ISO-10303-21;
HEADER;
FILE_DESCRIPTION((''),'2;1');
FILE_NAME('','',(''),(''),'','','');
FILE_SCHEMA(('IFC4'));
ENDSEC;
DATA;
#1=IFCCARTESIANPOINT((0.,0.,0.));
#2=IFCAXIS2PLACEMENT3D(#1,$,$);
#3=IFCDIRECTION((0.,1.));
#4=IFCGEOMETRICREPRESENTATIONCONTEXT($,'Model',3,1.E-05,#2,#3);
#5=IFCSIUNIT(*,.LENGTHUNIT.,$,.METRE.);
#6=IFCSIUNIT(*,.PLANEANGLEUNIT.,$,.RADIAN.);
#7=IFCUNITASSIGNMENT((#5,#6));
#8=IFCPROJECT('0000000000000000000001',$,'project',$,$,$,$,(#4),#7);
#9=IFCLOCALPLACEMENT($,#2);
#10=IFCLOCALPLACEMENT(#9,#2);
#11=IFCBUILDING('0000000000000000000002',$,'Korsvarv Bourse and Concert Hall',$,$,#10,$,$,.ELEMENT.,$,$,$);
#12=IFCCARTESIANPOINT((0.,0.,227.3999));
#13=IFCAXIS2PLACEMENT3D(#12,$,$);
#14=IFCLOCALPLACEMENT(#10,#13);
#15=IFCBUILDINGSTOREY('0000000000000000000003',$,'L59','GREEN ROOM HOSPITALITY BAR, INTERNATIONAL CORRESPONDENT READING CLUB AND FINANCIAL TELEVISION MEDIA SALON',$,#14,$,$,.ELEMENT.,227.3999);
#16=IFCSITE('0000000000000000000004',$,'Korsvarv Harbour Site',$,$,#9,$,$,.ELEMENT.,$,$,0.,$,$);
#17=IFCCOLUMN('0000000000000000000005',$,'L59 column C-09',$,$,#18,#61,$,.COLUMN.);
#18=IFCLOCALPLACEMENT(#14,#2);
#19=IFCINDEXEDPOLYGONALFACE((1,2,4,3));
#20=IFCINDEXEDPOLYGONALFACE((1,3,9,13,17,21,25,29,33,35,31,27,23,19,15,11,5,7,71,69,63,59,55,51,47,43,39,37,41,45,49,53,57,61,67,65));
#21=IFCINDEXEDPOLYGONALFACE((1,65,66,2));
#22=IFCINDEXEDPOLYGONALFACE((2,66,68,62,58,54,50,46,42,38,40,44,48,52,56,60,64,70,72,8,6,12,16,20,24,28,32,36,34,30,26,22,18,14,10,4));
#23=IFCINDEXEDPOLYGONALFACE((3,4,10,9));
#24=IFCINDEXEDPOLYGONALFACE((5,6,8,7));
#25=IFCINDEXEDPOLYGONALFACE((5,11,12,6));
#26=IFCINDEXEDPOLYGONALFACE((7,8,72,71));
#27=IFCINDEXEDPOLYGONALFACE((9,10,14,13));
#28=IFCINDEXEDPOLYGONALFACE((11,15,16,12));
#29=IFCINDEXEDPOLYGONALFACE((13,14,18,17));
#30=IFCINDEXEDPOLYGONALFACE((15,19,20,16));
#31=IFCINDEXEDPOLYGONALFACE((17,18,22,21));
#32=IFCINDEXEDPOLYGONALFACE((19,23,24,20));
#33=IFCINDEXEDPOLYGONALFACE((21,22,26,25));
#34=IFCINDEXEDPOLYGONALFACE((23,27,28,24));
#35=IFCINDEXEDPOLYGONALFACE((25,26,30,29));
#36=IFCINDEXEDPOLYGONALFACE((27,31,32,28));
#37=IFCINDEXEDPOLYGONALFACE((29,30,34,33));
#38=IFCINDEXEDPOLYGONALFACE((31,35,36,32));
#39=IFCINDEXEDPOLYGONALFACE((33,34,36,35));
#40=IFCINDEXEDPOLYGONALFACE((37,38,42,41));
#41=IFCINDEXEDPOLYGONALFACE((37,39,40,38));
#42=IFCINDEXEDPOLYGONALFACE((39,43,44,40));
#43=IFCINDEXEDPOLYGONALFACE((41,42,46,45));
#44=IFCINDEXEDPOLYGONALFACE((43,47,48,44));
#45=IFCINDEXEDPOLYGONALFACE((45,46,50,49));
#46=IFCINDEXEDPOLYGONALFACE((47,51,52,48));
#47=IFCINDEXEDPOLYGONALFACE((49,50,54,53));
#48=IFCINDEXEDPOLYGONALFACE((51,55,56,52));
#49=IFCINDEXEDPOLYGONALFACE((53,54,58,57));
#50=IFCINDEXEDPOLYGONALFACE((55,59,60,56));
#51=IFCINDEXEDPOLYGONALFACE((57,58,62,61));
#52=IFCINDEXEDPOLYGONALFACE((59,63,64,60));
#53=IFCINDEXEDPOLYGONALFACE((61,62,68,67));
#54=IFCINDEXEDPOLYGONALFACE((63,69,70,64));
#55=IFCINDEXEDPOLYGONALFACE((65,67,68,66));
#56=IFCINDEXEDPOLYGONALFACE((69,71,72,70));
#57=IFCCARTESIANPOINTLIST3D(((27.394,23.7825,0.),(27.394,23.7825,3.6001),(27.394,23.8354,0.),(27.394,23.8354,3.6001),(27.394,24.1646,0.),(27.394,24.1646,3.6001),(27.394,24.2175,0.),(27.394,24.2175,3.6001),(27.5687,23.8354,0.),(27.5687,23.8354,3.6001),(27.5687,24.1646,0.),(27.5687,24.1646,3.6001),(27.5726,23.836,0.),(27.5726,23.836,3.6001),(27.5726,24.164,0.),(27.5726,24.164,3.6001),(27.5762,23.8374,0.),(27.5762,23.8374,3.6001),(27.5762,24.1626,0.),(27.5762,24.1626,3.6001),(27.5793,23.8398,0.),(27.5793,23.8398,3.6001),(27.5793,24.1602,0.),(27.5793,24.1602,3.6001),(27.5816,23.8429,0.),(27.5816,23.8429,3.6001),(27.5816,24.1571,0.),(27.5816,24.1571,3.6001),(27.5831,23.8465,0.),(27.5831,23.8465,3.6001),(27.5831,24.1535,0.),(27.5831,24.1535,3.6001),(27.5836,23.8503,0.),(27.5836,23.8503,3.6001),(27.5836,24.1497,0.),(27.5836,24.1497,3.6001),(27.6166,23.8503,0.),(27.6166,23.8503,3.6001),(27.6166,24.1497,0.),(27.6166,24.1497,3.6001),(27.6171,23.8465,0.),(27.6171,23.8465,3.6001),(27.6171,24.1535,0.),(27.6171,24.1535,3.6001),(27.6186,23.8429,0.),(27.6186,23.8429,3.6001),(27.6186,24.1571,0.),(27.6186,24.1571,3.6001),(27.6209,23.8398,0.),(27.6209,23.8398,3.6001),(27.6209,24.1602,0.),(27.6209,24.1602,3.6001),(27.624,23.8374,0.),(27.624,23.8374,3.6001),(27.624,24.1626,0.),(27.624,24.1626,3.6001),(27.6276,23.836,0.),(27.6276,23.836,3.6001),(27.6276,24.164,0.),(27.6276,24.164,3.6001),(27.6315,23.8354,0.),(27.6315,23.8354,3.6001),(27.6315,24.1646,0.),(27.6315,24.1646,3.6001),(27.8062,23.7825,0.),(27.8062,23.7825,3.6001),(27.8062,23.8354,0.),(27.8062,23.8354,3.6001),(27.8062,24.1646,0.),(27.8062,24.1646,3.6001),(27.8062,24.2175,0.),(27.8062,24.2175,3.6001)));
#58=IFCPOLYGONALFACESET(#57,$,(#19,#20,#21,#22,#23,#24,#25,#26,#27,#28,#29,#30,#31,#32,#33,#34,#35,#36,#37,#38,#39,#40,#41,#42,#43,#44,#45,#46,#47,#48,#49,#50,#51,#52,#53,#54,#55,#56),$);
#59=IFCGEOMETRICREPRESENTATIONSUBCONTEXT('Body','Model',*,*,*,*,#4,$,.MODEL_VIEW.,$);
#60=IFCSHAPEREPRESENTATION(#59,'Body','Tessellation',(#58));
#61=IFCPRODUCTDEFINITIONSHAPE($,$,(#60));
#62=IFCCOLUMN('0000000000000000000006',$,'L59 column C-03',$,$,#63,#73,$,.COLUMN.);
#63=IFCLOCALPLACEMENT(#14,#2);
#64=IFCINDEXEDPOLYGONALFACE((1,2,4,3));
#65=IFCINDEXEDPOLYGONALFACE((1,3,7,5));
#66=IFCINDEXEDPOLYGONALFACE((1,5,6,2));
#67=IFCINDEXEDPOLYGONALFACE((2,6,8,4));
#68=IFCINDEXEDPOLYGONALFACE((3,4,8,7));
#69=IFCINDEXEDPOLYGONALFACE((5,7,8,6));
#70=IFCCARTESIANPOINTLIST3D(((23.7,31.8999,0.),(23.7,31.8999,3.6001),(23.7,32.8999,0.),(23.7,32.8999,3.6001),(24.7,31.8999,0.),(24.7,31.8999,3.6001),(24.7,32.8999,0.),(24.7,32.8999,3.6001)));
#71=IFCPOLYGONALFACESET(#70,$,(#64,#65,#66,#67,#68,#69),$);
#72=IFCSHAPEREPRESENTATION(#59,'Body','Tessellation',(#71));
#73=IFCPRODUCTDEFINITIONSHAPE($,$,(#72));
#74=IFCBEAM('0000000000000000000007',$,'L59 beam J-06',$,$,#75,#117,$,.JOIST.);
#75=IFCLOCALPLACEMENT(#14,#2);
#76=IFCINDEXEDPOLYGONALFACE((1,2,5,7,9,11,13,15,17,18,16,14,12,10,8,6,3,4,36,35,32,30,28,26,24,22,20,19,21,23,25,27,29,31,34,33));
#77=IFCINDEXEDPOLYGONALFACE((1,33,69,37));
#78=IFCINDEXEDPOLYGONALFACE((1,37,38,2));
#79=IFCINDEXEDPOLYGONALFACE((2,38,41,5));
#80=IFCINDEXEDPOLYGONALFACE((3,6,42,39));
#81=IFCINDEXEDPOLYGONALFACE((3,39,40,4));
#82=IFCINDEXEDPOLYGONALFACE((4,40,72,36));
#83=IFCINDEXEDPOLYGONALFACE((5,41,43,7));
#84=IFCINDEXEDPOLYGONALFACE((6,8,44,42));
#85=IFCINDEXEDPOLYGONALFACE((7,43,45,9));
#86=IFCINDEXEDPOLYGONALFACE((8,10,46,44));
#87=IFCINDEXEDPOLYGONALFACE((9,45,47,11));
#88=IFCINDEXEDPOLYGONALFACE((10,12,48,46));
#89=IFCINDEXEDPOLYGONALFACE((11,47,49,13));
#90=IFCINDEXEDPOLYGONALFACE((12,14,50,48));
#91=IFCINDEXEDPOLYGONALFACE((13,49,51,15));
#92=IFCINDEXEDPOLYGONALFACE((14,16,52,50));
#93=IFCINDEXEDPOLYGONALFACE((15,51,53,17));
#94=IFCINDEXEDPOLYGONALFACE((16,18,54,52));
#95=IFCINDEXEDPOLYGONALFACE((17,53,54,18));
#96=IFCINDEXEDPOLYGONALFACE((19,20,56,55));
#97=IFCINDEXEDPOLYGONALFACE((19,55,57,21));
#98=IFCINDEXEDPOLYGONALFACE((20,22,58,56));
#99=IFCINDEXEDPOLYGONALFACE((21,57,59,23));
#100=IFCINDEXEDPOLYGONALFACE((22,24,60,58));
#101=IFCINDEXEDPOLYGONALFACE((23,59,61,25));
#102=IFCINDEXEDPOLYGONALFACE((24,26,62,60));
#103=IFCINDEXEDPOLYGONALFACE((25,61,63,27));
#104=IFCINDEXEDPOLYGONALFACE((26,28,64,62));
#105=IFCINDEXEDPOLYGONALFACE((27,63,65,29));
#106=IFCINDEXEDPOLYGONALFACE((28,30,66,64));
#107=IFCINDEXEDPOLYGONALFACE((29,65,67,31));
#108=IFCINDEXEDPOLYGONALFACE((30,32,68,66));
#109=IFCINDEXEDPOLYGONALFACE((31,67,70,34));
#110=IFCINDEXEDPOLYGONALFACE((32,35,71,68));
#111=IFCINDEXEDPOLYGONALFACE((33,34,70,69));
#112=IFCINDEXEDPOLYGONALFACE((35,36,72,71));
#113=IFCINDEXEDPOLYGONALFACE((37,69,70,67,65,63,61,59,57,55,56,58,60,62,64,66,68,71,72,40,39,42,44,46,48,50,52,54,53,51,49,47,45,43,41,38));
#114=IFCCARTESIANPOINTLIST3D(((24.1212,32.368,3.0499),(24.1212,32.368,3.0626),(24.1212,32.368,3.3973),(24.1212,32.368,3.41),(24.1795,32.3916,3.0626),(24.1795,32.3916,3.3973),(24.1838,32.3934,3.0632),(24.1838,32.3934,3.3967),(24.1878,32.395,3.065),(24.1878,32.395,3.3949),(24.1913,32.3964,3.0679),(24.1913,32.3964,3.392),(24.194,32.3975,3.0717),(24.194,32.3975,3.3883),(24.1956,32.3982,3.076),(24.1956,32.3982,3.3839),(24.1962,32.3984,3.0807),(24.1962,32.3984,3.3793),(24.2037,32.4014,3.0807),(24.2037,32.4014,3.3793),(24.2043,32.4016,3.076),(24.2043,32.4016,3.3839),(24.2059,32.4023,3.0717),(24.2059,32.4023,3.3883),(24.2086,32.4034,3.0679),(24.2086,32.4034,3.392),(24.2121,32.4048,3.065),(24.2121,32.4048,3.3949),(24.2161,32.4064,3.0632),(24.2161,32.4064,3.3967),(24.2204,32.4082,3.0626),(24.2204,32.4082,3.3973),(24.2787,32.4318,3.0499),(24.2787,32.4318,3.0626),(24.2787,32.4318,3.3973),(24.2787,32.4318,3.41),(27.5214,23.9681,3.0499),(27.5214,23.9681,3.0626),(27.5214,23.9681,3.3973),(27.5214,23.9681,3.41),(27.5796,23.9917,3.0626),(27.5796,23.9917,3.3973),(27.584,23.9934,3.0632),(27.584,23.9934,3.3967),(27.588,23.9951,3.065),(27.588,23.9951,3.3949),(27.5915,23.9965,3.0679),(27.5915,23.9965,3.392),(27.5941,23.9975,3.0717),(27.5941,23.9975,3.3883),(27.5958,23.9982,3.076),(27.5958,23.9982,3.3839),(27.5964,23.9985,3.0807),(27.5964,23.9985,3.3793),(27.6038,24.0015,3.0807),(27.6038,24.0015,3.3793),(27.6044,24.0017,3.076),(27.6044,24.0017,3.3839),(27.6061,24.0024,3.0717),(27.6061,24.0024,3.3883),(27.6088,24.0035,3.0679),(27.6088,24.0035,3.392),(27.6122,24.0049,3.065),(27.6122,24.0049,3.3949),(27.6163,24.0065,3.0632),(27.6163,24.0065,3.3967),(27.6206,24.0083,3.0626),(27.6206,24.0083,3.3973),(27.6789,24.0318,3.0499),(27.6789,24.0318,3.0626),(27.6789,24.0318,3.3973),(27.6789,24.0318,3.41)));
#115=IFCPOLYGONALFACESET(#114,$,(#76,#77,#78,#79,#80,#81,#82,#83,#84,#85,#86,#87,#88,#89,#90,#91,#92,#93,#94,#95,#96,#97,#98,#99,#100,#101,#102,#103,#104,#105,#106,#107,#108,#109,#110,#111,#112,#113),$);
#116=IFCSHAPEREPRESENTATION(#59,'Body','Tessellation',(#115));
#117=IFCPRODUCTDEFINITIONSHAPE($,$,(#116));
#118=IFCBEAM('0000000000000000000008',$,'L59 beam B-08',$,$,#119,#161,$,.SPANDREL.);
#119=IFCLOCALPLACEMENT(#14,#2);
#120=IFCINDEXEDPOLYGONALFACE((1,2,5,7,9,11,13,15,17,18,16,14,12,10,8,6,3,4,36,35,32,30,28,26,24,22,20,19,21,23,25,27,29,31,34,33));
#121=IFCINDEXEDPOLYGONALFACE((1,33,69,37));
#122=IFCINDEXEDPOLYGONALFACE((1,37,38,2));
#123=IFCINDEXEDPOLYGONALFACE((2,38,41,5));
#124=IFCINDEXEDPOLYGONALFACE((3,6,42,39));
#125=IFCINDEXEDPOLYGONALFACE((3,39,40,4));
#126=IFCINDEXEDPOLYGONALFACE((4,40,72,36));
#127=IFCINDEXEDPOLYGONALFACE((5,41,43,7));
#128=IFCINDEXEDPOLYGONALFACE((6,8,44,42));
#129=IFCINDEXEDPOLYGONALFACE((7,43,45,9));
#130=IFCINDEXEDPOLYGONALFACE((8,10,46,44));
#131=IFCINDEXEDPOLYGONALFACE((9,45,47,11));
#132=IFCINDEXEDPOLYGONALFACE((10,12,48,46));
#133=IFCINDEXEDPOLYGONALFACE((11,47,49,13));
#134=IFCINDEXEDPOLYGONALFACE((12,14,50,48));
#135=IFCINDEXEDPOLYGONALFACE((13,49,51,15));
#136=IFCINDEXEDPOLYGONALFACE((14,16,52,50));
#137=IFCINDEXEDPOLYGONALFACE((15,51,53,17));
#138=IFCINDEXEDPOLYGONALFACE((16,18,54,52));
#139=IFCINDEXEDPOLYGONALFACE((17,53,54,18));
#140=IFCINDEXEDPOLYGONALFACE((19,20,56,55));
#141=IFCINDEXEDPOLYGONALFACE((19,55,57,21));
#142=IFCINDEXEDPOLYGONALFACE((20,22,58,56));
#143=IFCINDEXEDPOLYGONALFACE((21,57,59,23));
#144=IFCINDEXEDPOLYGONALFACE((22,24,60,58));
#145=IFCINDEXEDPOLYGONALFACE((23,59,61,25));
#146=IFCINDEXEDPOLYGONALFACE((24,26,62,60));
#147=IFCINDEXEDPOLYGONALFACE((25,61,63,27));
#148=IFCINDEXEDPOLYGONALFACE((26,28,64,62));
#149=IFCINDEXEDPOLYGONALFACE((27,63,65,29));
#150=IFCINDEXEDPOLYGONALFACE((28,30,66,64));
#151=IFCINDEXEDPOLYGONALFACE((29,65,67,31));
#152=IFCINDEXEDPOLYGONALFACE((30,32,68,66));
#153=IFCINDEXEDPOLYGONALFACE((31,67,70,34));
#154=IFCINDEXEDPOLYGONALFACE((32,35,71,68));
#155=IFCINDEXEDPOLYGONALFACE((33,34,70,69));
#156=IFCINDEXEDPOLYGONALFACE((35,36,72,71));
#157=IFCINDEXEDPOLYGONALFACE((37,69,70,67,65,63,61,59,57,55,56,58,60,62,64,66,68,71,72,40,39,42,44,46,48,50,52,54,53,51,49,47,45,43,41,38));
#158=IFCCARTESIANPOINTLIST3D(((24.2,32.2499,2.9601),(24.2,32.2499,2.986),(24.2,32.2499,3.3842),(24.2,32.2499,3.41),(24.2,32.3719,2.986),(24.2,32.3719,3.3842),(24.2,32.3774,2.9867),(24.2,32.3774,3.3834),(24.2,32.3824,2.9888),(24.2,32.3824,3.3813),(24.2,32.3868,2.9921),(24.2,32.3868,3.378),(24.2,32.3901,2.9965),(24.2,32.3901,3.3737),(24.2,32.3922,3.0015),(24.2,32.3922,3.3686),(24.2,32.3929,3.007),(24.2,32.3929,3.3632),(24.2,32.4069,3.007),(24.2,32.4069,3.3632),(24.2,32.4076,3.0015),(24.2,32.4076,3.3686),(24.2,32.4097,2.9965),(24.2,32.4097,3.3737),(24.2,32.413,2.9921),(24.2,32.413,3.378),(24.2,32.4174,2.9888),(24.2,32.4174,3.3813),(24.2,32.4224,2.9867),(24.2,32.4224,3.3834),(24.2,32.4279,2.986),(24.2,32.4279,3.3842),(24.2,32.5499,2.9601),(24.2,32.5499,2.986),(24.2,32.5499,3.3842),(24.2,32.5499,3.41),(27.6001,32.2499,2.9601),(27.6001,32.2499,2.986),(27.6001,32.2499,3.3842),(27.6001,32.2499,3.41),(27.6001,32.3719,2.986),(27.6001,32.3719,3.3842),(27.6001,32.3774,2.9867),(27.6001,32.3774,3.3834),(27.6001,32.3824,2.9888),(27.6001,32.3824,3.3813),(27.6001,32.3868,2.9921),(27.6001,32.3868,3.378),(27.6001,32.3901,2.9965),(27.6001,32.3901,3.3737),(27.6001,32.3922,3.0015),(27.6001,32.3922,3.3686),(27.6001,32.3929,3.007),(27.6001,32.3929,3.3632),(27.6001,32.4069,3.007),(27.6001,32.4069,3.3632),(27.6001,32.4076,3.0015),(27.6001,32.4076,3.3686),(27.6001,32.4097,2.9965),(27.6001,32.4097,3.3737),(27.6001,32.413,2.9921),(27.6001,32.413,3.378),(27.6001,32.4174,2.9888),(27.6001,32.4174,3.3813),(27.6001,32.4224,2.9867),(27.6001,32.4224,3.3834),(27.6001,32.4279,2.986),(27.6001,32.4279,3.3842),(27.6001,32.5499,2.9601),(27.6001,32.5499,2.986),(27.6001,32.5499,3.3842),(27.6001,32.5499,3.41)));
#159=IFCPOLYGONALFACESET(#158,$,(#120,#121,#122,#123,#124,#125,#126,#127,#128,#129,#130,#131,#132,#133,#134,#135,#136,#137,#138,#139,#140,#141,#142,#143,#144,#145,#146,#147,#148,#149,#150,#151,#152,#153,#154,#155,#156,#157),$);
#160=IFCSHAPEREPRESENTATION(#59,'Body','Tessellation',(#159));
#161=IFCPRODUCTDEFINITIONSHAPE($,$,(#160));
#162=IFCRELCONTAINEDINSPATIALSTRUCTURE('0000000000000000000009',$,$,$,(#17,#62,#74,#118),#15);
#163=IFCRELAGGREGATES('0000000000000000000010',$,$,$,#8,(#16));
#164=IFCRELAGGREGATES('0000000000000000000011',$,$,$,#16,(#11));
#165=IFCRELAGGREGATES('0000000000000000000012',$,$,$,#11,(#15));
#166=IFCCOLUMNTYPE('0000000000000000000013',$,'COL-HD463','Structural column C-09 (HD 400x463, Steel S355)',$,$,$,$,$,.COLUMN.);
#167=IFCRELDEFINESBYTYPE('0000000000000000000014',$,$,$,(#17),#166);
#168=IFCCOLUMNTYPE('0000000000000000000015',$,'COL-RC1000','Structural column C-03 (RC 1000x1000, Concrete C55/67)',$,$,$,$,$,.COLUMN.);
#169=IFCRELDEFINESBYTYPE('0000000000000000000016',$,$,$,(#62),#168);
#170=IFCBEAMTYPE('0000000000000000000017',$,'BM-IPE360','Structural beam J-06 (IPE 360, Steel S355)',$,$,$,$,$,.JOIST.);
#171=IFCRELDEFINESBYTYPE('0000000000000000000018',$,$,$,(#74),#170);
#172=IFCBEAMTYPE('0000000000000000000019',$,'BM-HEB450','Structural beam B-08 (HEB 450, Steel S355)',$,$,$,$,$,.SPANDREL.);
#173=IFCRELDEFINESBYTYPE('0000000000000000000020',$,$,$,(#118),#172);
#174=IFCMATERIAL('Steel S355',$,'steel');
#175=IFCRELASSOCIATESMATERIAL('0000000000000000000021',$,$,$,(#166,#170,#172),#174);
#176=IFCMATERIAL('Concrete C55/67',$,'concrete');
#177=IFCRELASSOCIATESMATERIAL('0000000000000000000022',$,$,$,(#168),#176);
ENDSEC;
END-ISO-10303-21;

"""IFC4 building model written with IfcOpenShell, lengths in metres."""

from ifc_helpers import new_model, si_unit, direction, frame, origin, origin_2d, place, context, subcontext, project, spatial, rectangle, i_section, extrude, source, transform, mapped, material, material_profile, profile_set, type_object, element, save


model = new_model("IFC4")

# Units and contexts
model_context = context("Model", 3, precision=1e-05, world=origin(), true_north=direction((0.0, 1.0)))
body_context = subcontext(model_context, "Body", "Model", "MODEL_VIEW")
ifc_project = project(units=[si_unit("LENGTHUNIT", "METRE"), si_unit("PLANEANGLEUNIT", "RADIAN")], contexts=[model_context])

# Site, building, storey
site_placement = place(None, origin())
site = spatial("IfcSite", under=ifc_project, at=site_placement, Name="Korsvarv Harbour Site", CompositionType="ELEMENT", RefElevation=0.0)
building_placement = place(site_placement, origin())
building = spatial("IfcBuilding", under=site, at=building_placement, Name="Korsvarv Bourse and Concert Hall", CompositionType="ELEMENT")
storey_placement = place(building_placement, frame((0.0, 0.0, 227.3999)))
storey = spatial("IfcBuildingStorey", under=building, at=storey_placement, Name="L59", Description="GREEN ROOM HOSPITALITY BAR, INTERNATIONAL CORRESPONDENT READING CLUB AND FINANCIAL TELEVISION MEDIA SALON", CompositionType="ELEMENT", Elevation=227.3999)

# Columns
ifc_material_1 = material(Name="Steel S355", Category="steel")
ifc_material_profile_1 = material_profile(ifc_material_1, i_section(OverallWidth=0.4121, OverallDepth=0.4351, WebThickness=0.033, FlangeThickness=0.053, FilletRadius=0.0149, at=origin_2d()), Name="HD 400x463")
ifc_profile_set_1 = profile_set([ifc_material_profile_1], Name="Steel S355")
column_type_1 = type_object("IfcColumnType", Name="COL-HD463", Description="Structural column C-09 (HD 400x463, Steel S355)", PredefinedType="COLUMN", material=ifc_profile_set_1)
shared_shape_1 = source(origin(), body_context, "Body", "SweptSolid", [
    extrude(i_section(OverallWidth=0.4121, OverallDepth=0.4351, WebThickness=0.033, FlangeThickness=0.053, FilletRadius=0.0149, at=origin_2d()), origin(), (0.0, 0.0, 1.0), 3.6001),
])
column_1_placement = place(storey_placement, frame((27.6001, 24.0, 0.0), z_axis=(0.0, 0.0, 1.0), x_axis=(1.0, 0.0, 0.0)))
element("IfcColumn", 1, at=column_1_placement, inside=storey, type_object=column_type_1, Name="L59 column C-09", PredefinedType="COLUMN", context=body_context, shape_type="MappedRepresentation", body=[
    mapped(shared_shape_1, transform((0.0, 0.0, 0.0), scale=1.0)),
])
ifc_material_2 = material(Name="Concrete C55/67", Category="concrete")
ifc_material_profile_2 = material_profile(ifc_material_2, rectangle(XDim=1.0, YDim=1.0, at=origin_2d()), Name="RC 1000x1000")
ifc_profile_set_2 = profile_set([ifc_material_profile_2], Name="Concrete C55/67")
column_type_2 = type_object("IfcColumnType", Name="COL-RC1000", Description="Structural column C-03 (RC 1000x1000, Concrete C55/67)", PredefinedType="COLUMN", material=ifc_profile_set_2)
shared_shape_2 = source(origin(), body_context, "Body", "SweptSolid", [
    extrude(rectangle(XDim=1.0, YDim=1.0, at=origin_2d()), origin(), (0.0, 0.0, 1.0), 3.6001),
])
column_2_placement = place(storey_placement, frame((24.2, 32.3999, 0.0), z_axis=(0.0, 0.0, 1.0), x_axis=(1.0, 0.0, 0.0)))
element("IfcColumn", 2, at=column_2_placement, inside=storey, type_object=column_type_2, Name="L59 column C-03", PredefinedType="COLUMN", context=body_context, shape_type="MappedRepresentation", body=[
    mapped(shared_shape_2, transform((0.0, 0.0, 0.0), scale=1.0)),
])

# Beams
ifc_material_profile_3 = material_profile(ifc_material_1, i_section(OverallWidth=0.1699, OverallDepth=0.3601, WebThickness=0.0081, FlangeThickness=0.0127, FilletRadius=0.0181, at=origin_2d()), Name="IPE 360")
ifc_profile_set_3 = profile_set([ifc_material_profile_3], Name="Steel S355")
beam_type_1 = type_object("IfcBeamType", Name="BM-IPE360", Description="Structural beam J-06 (IPE 360, Steel S355)", PredefinedType="JOIST", material=ifc_profile_set_3)
shared_shape_3 = source(origin(), body_context, "Body", "SweptSolid", [
    extrude(i_section(OverallWidth=0.1699, OverallDepth=0.3601, WebThickness=0.0081, FlangeThickness=0.0127, FilletRadius=0.0181, at=origin_2d()), origin(), (0.0, 0.0, 1.0), 9.062),
])
beam_1_placement = place(storey_placement, frame((24.2, 32.3999, 3.23), z_axis=(0.37521, -0.92694, 0.0), x_axis=(0.92694, 0.37521, 0.0)))
element("IfcBeam", 3, at=beam_1_placement, inside=storey, type_object=beam_type_1, Name="L59 beam J-06", PredefinedType="JOIST", context=body_context, shape_type="MappedRepresentation", body=[
    mapped(shared_shape_3, transform((0.0, 0.0, 0.0), scale=1.0)),
])
ifc_material_profile_4 = material_profile(ifc_material_1, i_section(OverallWidth=0.3, OverallDepth=0.45, WebThickness=0.0139, FlangeThickness=0.0259, FilletRadius=0.021, at=origin_2d()), Name="HEB 450")
ifc_profile_set_4 = profile_set([ifc_material_profile_4], Name="Steel S355")
beam_type_2 = type_object("IfcBeamType", Name="BM-HEB450", Description="Structural beam B-08 (HEB 450, Steel S355)", PredefinedType="SPANDREL", material=ifc_profile_set_4)
shared_shape_4 = source(origin(), body_context, "Body", "SweptSolid", [
    extrude(i_section(OverallWidth=0.3, OverallDepth=0.45, WebThickness=0.0139, FlangeThickness=0.0259, FilletRadius=0.021, at=origin_2d()), origin(), (0.0, 0.0, 1.0), 3.4001),
])
beam_2_placement = place(storey_placement, frame((24.2, 32.3999, 3.1851), z_axis=(1.0, 0.0, 0.0), x_axis=(0.0, 1.0, 0.0)))
element("IfcBeam", 4, at=beam_2_placement, inside=storey, type_object=beam_type_2, Name="L59 beam B-08", PredefinedType="SPANDREL", context=body_context, shape_type="MappedRepresentation", body=[
    mapped(shared_shape_4, transform((0.0, 0.0, 0.0), scale=1.0)),
])

save(model, "model.ifc")
